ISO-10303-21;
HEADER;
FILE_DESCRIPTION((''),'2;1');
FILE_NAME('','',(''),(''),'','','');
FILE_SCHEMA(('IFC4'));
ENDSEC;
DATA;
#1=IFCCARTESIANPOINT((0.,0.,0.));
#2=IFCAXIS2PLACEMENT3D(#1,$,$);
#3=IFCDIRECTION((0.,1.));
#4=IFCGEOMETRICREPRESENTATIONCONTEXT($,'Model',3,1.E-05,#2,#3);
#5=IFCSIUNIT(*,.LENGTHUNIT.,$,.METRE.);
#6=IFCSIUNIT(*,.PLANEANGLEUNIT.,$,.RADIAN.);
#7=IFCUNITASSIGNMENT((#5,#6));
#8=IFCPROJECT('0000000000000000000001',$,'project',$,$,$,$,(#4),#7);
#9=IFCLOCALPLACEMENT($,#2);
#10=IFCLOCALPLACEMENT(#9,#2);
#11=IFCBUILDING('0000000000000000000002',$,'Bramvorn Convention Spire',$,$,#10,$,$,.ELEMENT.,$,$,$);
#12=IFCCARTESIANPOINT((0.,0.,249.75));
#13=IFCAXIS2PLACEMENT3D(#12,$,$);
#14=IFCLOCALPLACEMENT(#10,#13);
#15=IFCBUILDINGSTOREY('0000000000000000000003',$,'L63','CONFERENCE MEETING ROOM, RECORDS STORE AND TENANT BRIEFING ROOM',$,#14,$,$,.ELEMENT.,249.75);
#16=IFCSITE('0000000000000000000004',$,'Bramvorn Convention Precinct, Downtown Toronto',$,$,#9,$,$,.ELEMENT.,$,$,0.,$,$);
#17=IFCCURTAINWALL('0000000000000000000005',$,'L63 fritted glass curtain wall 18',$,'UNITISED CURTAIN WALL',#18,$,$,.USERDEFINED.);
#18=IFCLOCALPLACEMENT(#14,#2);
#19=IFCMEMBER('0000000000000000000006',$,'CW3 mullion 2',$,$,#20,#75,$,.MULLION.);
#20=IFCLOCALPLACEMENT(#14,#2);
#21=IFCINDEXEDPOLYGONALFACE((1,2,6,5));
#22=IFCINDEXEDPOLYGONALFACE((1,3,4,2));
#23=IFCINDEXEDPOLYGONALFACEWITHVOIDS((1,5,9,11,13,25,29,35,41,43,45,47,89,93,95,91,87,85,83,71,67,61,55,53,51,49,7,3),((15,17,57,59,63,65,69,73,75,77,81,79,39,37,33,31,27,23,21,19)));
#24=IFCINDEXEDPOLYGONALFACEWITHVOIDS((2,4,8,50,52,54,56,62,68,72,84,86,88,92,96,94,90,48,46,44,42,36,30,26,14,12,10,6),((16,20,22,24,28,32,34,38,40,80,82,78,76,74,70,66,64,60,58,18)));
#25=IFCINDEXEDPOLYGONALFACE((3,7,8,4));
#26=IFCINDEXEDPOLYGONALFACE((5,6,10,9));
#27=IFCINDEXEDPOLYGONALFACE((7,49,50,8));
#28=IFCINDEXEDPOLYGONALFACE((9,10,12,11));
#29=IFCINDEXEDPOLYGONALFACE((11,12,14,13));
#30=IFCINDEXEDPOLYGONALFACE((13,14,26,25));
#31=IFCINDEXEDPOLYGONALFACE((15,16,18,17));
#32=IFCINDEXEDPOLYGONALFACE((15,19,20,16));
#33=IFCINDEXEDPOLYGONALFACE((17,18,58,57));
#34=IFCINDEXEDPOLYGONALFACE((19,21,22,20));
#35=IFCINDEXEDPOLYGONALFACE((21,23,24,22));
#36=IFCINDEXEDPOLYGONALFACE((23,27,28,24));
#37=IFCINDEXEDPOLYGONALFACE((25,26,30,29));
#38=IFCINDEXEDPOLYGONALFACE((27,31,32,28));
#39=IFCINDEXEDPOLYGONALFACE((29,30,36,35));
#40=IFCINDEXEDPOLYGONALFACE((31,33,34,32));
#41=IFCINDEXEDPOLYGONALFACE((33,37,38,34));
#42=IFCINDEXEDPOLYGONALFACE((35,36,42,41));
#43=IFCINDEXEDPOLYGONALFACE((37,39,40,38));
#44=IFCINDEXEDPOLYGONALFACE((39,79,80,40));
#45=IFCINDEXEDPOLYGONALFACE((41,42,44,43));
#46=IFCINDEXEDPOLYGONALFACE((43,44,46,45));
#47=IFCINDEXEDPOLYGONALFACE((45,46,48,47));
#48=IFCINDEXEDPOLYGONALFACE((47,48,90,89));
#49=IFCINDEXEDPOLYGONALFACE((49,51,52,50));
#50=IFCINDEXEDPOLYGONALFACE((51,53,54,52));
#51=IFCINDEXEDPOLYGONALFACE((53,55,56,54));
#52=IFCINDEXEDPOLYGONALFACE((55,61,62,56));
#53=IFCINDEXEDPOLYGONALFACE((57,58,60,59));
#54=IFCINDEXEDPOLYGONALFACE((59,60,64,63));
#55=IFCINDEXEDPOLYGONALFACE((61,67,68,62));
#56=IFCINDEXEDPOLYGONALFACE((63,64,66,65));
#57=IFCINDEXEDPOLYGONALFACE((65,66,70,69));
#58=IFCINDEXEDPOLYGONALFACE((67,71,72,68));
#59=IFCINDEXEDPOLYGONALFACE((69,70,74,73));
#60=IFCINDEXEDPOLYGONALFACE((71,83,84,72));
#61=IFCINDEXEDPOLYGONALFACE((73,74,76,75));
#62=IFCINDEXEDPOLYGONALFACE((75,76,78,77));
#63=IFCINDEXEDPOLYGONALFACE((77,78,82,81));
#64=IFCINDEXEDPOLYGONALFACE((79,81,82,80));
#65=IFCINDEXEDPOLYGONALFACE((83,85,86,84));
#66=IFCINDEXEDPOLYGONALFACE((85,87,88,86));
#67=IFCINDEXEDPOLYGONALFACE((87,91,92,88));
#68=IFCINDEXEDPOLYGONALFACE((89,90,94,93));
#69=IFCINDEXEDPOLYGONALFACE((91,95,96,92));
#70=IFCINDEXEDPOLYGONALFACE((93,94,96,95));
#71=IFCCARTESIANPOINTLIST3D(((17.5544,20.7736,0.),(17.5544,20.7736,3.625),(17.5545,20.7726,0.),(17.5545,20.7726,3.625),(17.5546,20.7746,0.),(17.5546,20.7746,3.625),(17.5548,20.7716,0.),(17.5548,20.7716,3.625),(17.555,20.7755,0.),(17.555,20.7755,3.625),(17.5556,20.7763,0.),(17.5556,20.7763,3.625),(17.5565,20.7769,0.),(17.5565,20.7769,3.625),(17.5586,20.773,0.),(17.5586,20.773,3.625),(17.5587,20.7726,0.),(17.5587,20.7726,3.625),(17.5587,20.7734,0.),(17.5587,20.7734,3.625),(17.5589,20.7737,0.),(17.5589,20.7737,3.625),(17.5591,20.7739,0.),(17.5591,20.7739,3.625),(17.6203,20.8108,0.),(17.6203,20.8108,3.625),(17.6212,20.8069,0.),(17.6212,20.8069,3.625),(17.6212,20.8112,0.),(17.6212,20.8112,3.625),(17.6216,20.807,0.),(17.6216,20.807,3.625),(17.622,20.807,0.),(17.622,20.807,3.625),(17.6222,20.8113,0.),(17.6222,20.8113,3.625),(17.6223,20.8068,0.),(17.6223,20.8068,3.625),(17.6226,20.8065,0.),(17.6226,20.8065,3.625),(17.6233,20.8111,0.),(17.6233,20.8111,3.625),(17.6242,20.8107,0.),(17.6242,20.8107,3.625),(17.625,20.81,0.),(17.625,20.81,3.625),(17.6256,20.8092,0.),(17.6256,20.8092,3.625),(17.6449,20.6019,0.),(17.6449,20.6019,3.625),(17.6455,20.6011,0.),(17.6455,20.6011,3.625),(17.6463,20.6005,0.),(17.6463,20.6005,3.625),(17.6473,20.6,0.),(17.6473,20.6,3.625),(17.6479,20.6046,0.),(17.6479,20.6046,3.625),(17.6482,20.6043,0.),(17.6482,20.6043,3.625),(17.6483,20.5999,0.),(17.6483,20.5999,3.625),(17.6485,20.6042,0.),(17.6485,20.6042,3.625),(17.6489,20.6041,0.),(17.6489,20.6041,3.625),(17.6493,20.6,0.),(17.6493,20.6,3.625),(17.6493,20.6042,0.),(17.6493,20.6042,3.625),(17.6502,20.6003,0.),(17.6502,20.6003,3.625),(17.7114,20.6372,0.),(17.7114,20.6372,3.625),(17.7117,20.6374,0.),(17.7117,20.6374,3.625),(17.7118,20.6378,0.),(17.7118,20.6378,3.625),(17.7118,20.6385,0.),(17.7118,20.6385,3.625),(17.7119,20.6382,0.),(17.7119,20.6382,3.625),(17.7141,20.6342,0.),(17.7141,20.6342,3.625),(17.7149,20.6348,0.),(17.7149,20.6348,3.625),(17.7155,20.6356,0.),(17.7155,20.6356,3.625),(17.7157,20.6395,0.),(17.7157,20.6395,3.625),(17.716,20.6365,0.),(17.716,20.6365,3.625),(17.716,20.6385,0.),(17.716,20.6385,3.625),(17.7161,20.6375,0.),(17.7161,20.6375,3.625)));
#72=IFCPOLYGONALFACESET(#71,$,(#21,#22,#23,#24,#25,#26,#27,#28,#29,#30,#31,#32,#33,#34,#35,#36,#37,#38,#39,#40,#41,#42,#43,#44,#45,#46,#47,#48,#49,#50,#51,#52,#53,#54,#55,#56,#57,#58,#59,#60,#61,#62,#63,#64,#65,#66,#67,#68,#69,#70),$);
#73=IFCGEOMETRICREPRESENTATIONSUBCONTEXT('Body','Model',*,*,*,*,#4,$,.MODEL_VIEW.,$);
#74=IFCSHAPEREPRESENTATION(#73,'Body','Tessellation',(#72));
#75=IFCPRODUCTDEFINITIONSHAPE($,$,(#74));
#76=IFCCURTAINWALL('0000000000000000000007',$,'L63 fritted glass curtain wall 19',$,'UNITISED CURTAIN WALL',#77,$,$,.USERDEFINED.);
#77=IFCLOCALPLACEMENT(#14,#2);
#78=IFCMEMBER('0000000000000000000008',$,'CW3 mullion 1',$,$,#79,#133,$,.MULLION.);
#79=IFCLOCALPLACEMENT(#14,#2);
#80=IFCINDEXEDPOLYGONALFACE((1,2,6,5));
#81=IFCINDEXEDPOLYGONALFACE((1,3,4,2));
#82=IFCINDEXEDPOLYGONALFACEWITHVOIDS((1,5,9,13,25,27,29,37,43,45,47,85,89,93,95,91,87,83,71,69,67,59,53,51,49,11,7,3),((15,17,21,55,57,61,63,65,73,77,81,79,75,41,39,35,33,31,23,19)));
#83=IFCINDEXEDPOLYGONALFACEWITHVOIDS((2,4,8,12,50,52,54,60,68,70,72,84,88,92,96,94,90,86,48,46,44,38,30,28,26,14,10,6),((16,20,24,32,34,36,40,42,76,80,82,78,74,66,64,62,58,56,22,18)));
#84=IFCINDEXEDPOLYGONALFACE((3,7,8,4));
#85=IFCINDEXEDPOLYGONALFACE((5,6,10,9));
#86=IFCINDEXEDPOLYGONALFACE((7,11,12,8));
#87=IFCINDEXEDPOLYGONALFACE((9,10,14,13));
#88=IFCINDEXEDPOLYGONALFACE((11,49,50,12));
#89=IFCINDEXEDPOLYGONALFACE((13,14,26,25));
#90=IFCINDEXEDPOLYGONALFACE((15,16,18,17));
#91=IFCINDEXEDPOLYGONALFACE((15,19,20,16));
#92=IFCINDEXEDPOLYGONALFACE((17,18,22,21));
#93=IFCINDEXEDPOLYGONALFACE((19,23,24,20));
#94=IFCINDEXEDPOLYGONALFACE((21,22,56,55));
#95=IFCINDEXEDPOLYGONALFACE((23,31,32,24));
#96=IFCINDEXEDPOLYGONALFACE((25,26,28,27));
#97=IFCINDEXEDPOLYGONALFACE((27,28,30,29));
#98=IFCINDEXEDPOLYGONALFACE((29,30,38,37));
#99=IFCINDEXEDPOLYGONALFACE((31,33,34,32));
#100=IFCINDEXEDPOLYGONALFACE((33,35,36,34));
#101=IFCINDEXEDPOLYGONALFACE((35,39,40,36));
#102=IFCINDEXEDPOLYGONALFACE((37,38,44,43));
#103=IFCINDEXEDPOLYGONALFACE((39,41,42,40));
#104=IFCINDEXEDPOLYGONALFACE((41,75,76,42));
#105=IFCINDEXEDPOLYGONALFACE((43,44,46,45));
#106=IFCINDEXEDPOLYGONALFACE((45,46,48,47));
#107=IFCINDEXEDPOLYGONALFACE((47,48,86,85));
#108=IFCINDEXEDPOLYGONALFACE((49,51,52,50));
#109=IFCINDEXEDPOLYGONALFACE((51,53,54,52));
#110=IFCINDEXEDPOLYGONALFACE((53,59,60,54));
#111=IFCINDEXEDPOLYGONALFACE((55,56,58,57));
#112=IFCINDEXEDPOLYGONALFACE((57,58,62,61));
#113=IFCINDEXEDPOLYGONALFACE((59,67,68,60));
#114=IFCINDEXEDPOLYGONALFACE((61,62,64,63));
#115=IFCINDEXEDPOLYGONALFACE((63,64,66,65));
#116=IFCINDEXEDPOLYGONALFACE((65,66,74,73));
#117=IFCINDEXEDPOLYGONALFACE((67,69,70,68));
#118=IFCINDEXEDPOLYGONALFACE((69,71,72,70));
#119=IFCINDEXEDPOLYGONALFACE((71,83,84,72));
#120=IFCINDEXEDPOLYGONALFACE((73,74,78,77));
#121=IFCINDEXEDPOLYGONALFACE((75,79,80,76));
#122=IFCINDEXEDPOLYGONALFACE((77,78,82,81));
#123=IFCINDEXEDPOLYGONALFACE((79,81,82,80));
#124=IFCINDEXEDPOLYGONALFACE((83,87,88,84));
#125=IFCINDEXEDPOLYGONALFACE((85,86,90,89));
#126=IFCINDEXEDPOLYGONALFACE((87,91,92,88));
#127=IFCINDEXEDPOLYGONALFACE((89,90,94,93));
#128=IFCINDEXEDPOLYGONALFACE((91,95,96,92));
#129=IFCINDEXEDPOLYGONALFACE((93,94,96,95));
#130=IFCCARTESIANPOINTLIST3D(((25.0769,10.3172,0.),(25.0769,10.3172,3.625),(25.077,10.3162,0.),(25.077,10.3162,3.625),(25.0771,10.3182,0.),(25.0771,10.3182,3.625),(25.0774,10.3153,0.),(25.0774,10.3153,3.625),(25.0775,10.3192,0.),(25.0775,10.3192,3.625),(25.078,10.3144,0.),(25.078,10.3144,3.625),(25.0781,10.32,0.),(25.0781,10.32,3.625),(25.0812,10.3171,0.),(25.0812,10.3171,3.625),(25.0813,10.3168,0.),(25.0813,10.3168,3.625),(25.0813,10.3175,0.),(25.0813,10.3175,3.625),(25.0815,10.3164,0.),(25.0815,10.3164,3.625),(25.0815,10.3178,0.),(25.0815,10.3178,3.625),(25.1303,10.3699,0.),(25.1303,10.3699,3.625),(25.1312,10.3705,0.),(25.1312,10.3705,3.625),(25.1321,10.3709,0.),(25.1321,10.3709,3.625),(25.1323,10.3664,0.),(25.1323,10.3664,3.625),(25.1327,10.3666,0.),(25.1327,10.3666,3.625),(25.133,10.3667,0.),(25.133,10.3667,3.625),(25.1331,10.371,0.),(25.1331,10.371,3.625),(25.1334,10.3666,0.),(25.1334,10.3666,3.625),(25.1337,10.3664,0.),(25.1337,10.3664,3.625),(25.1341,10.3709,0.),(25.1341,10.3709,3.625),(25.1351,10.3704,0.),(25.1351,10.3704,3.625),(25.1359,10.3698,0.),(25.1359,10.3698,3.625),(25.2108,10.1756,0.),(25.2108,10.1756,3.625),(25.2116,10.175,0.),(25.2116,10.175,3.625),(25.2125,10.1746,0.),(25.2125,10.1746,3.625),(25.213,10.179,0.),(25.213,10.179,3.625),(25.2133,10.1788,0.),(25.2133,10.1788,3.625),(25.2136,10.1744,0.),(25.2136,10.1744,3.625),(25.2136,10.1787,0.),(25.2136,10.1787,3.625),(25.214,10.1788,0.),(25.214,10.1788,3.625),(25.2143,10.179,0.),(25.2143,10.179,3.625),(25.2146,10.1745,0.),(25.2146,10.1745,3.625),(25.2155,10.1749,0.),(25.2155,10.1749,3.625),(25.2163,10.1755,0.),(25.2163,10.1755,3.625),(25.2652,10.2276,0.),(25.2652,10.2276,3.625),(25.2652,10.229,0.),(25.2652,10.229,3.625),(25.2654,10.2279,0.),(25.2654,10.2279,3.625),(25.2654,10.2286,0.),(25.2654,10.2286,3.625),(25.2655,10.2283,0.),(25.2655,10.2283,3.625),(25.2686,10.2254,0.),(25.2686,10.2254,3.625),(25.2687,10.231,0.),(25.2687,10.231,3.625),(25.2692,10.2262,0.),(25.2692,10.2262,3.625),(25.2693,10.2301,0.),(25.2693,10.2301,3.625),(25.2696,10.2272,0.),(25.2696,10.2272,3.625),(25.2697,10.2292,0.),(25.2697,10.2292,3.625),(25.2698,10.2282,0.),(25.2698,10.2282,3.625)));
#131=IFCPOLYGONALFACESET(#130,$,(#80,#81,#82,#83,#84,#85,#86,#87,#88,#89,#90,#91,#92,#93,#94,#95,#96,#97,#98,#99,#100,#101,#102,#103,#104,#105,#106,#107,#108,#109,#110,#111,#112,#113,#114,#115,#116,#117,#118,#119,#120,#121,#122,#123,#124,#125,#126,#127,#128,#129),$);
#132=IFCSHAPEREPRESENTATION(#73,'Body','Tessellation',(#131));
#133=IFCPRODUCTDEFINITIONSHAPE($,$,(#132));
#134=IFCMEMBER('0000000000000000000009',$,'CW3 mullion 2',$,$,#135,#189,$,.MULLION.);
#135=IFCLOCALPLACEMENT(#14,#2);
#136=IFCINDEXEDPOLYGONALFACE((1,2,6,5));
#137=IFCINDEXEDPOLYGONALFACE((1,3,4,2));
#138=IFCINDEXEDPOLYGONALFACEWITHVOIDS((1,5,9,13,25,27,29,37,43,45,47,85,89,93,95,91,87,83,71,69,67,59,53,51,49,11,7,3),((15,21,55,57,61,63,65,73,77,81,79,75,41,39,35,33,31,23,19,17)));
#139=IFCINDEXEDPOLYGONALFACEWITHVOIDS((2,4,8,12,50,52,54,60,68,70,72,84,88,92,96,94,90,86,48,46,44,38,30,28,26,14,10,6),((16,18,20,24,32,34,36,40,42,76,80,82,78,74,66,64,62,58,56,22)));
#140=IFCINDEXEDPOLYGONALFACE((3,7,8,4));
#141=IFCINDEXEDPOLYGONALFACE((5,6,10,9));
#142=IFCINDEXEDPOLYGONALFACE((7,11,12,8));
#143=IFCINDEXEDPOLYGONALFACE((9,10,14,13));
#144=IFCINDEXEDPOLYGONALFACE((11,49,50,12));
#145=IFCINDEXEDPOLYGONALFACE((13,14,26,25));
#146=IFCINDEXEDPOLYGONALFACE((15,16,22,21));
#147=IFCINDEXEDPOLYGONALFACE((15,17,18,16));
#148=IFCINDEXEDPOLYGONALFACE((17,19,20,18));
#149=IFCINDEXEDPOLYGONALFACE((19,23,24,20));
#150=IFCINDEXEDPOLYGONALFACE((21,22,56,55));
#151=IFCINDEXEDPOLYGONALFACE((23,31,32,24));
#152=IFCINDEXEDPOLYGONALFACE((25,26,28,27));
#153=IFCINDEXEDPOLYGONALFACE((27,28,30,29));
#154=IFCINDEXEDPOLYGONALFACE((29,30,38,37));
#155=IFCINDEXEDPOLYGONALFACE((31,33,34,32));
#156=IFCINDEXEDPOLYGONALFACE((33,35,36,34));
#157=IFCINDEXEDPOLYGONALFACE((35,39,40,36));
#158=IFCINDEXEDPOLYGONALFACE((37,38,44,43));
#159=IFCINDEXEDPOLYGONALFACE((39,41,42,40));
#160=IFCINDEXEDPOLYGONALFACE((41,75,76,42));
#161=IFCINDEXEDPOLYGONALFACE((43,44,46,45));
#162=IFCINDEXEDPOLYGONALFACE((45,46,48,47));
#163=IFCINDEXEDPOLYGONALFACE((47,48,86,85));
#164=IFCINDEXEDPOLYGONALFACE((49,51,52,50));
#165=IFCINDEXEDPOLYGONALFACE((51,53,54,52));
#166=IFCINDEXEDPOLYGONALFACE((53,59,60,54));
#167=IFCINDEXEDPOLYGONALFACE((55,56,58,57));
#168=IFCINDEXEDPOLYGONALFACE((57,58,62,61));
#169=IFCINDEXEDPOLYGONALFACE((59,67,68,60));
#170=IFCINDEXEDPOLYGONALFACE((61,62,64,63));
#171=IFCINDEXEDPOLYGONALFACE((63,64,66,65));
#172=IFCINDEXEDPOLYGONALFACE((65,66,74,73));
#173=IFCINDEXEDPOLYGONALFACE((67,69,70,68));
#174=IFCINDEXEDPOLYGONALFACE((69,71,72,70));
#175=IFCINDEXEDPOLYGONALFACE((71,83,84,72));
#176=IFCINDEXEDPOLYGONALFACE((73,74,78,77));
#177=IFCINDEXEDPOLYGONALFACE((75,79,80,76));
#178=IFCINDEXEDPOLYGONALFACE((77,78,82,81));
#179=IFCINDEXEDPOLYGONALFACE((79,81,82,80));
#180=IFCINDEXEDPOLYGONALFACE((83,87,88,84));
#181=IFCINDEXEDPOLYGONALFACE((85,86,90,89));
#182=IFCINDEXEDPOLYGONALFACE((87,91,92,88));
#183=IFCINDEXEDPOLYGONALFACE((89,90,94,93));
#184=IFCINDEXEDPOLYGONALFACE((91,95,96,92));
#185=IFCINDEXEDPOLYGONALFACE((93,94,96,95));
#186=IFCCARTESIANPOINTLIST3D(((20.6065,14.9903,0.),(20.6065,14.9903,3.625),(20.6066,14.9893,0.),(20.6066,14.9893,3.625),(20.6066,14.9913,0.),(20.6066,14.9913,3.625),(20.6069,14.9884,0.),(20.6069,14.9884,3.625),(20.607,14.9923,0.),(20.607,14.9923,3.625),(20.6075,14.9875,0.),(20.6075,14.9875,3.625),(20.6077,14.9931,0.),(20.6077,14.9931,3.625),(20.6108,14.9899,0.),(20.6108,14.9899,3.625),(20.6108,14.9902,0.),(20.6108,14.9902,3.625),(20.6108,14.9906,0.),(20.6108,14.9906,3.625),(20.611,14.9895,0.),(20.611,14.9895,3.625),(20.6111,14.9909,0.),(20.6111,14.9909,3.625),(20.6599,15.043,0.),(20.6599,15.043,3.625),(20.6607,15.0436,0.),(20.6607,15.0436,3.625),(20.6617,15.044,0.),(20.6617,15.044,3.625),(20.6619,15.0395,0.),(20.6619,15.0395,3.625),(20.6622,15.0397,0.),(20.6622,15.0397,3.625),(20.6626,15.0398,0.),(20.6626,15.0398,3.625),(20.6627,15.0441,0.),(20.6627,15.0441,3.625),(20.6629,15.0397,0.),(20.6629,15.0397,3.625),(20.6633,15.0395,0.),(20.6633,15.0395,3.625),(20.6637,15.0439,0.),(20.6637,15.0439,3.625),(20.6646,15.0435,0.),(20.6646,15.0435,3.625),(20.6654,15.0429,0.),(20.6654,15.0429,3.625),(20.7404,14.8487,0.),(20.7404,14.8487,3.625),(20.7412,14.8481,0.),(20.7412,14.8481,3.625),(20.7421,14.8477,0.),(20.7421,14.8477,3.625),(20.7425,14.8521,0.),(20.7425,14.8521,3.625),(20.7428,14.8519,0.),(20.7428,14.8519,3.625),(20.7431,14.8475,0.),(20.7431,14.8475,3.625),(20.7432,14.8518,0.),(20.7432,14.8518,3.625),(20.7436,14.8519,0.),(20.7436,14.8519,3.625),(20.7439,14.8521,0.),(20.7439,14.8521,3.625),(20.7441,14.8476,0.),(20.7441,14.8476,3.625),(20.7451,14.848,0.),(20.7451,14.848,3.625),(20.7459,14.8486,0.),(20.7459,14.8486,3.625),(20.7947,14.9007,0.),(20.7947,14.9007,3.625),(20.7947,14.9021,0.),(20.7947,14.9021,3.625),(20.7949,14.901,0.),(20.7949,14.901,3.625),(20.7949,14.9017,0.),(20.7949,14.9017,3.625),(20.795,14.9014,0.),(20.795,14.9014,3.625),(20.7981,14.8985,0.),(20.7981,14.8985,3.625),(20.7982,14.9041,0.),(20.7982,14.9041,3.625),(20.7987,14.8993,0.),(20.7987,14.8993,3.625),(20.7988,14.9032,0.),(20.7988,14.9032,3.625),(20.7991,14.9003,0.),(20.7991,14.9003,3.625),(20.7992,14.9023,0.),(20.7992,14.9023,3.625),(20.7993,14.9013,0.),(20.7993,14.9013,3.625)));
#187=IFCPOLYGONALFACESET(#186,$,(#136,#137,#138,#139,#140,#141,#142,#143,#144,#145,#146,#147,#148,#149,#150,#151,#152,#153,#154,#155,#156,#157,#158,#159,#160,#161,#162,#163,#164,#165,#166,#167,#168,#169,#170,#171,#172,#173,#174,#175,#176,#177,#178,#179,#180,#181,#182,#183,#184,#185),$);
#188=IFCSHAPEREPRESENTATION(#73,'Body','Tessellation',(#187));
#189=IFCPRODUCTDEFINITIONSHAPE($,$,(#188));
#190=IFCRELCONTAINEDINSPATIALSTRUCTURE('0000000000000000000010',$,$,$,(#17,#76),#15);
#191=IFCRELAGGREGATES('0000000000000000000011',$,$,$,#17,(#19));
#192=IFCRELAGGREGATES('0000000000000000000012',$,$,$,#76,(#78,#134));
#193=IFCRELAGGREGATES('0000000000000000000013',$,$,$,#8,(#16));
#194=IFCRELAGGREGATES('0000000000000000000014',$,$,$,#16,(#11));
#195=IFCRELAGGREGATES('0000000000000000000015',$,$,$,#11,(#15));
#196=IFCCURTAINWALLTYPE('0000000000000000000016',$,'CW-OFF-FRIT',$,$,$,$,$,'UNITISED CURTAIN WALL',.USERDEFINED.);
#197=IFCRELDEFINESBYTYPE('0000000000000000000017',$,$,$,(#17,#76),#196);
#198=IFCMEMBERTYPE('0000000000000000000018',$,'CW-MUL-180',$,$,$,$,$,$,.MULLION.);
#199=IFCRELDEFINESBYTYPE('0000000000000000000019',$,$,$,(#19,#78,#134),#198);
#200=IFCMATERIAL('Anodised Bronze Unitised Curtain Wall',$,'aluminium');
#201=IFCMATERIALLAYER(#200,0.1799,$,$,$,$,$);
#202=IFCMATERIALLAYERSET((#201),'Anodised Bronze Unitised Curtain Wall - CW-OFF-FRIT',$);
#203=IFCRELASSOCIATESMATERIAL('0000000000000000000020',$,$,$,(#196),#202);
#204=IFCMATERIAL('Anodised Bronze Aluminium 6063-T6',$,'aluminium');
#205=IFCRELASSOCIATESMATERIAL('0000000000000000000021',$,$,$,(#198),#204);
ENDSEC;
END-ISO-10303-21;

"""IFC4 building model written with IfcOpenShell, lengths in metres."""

from ifc_helpers import new_model, si_unit, direction, frame, origin, origin_2d, place, context, subcontext, project, spatial, hollow_rectangle, extrude, material, layer, layer_set, material_profile, profile_set, type_object, element, aggregate, save


model = new_model("IFC4")

# Units and contexts
model_context = context("Model", 3, precision=1e-05, world=origin(), true_north=direction((0.0, 1.0)))
body_context = subcontext(model_context, "Body", "Model", "MODEL_VIEW")
ifc_project = project(units=[si_unit("LENGTHUNIT", "METRE"), si_unit("PLANEANGLEUNIT", "RADIAN")], contexts=[model_context])

# Site, building, storey
site_placement = place(None, origin())
site = spatial("IfcSite", under=ifc_project, at=site_placement, Name="Bramvorn Convention Precinct, Downtown Toronto", CompositionType="ELEMENT", RefElevation=0.0)
building_placement = place(site_placement, origin())
building = spatial("IfcBuilding", under=site, at=building_placement, Name="Bramvorn Convention Spire", CompositionType="ELEMENT")
storey_placement = place(building_placement, frame((0.0, 0.0, 249.75)))
storey = spatial("IfcBuildingStorey", under=building, at=storey_placement, Name="L63", Description="CONFERENCE MEETING ROOM, RECORDS STORE AND TENANT BRIEFING ROOM", CompositionType="ELEMENT", Elevation=249.75)

# Curtain walls, members
ifc_material_1 = material(Name="Anodised Bronze Unitised Curtain Wall", Category="aluminium")
ifc_layer_1 = layer(ifc_material_1, 0.1799)
ifc_layer_set_1 = layer_set([ifc_layer_1], Name="Anodised Bronze Unitised Curtain Wall - CW-OFF-FRIT")
curtain_wall_type = type_object("IfcCurtainWallType", Name="CW-OFF-FRIT", ElementType="UNITISED CURTAIN WALL", PredefinedType="USERDEFINED", material=ifc_layer_set_1)
ifc_material_2 = material(Name="Anodised Bronze Aluminium 6063-T6", Category="aluminium")
ifc_material_profile_1 = material_profile(ifc_material_2, hollow_rectangle(XDim=0.0801, YDim=0.2, WallThickness=0.0039, InnerFilletRadius=0.001, OuterFilletRadius=0.0039, at=origin_2d()))
ifc_profile_set_1 = profile_set([ifc_material_profile_1], Name="Anodised Bronze Aluminium 6063-T6 - CWM80X200")
member_type_1 = type_object("IfcMemberType", Name="CW-MUL-180", PredefinedType="MULLION", material=ifc_profile_set_1)
curtain_wall_1_placement = place(storey_placement, origin())
curtain_wall_1 = element("IfcCurtainWall", 1, at=curtain_wall_1_placement, inside=storey, type_object=curtain_wall_type, Name="L63 fritted glass curtain wall 18", ObjectType="UNITISED CURTAIN WALL", PredefinedType="USERDEFINED")
member_1_placement = place(storey_placement, frame((17.6353, 20.7056, 0.0), z_axis=(0.0, 0.0, 1.0), x_axis=(-0.883201, -0.468995, 0.0)))
member_1 = element("IfcMember", 2, at=member_1_placement, type_object=member_type_1, Name="CW3 mullion 2", PredefinedType="MULLION", context=body_context, shape_type="SweptSolid", body=[
    extrude(hollow_rectangle(XDim=0.0801, YDim=0.2, WallThickness=0.0039, InnerFilletRadius=0.001, OuterFilletRadius=0.0039, at=origin_2d()), origin(), (0.0, 0.0, 1.0), 3.625),
])
curtain_wall_2_placement = place(storey_placement, origin())
curtain_wall_2 = element("IfcCurtainWall", 3, at=curtain_wall_2_placement, inside=storey, type_object=curtain_wall_type, Name="L63 fritted glass curtain wall 19", ObjectType="UNITISED CURTAIN WALL", PredefinedType="USERDEFINED")
member_2_placement = place(storey_placement, frame((25.1733, 10.2727, 0.0), z_axis=(0.0, 0.0, 1.0), x_axis=(-0.722599, -0.691268, 0.0)))
member_2 = element("IfcMember", 4, at=member_2_placement, type_object=member_type_1, Name="CW3 mullion 1", PredefinedType="MULLION", context=body_context, shape_type="SweptSolid", body=[
    extrude(hollow_rectangle(XDim=0.0801, YDim=0.2, WallThickness=0.0039, InnerFilletRadius=0.001, OuterFilletRadius=0.0039, at=origin_2d()), origin(), (0.0, 0.0, 1.0), 3.625),
])
member_3_placement = place(storey_placement, frame((20.7029, 14.9458, 0.0), z_axis=(0.0, 0.0, 1.0), x_axis=(-0.722599, -0.691268, 0.0)))
member_3 = element("IfcMember", 5, at=member_3_placement, type_object=member_type_1, Name="CW3 mullion 2", PredefinedType="MULLION", context=body_context, shape_type="SweptSolid", body=[
    extrude(hollow_rectangle(XDim=0.0801, YDim=0.2, WallThickness=0.0039, InnerFilletRadius=0.001, OuterFilletRadius=0.0039, at=origin_2d()), origin(), (0.0, 0.0, 1.0), 3.625),
])

aggregate(curtain_wall_1, [member_1])
aggregate(curtain_wall_2, [member_2, member_3])

save(model, "model.ifc")
